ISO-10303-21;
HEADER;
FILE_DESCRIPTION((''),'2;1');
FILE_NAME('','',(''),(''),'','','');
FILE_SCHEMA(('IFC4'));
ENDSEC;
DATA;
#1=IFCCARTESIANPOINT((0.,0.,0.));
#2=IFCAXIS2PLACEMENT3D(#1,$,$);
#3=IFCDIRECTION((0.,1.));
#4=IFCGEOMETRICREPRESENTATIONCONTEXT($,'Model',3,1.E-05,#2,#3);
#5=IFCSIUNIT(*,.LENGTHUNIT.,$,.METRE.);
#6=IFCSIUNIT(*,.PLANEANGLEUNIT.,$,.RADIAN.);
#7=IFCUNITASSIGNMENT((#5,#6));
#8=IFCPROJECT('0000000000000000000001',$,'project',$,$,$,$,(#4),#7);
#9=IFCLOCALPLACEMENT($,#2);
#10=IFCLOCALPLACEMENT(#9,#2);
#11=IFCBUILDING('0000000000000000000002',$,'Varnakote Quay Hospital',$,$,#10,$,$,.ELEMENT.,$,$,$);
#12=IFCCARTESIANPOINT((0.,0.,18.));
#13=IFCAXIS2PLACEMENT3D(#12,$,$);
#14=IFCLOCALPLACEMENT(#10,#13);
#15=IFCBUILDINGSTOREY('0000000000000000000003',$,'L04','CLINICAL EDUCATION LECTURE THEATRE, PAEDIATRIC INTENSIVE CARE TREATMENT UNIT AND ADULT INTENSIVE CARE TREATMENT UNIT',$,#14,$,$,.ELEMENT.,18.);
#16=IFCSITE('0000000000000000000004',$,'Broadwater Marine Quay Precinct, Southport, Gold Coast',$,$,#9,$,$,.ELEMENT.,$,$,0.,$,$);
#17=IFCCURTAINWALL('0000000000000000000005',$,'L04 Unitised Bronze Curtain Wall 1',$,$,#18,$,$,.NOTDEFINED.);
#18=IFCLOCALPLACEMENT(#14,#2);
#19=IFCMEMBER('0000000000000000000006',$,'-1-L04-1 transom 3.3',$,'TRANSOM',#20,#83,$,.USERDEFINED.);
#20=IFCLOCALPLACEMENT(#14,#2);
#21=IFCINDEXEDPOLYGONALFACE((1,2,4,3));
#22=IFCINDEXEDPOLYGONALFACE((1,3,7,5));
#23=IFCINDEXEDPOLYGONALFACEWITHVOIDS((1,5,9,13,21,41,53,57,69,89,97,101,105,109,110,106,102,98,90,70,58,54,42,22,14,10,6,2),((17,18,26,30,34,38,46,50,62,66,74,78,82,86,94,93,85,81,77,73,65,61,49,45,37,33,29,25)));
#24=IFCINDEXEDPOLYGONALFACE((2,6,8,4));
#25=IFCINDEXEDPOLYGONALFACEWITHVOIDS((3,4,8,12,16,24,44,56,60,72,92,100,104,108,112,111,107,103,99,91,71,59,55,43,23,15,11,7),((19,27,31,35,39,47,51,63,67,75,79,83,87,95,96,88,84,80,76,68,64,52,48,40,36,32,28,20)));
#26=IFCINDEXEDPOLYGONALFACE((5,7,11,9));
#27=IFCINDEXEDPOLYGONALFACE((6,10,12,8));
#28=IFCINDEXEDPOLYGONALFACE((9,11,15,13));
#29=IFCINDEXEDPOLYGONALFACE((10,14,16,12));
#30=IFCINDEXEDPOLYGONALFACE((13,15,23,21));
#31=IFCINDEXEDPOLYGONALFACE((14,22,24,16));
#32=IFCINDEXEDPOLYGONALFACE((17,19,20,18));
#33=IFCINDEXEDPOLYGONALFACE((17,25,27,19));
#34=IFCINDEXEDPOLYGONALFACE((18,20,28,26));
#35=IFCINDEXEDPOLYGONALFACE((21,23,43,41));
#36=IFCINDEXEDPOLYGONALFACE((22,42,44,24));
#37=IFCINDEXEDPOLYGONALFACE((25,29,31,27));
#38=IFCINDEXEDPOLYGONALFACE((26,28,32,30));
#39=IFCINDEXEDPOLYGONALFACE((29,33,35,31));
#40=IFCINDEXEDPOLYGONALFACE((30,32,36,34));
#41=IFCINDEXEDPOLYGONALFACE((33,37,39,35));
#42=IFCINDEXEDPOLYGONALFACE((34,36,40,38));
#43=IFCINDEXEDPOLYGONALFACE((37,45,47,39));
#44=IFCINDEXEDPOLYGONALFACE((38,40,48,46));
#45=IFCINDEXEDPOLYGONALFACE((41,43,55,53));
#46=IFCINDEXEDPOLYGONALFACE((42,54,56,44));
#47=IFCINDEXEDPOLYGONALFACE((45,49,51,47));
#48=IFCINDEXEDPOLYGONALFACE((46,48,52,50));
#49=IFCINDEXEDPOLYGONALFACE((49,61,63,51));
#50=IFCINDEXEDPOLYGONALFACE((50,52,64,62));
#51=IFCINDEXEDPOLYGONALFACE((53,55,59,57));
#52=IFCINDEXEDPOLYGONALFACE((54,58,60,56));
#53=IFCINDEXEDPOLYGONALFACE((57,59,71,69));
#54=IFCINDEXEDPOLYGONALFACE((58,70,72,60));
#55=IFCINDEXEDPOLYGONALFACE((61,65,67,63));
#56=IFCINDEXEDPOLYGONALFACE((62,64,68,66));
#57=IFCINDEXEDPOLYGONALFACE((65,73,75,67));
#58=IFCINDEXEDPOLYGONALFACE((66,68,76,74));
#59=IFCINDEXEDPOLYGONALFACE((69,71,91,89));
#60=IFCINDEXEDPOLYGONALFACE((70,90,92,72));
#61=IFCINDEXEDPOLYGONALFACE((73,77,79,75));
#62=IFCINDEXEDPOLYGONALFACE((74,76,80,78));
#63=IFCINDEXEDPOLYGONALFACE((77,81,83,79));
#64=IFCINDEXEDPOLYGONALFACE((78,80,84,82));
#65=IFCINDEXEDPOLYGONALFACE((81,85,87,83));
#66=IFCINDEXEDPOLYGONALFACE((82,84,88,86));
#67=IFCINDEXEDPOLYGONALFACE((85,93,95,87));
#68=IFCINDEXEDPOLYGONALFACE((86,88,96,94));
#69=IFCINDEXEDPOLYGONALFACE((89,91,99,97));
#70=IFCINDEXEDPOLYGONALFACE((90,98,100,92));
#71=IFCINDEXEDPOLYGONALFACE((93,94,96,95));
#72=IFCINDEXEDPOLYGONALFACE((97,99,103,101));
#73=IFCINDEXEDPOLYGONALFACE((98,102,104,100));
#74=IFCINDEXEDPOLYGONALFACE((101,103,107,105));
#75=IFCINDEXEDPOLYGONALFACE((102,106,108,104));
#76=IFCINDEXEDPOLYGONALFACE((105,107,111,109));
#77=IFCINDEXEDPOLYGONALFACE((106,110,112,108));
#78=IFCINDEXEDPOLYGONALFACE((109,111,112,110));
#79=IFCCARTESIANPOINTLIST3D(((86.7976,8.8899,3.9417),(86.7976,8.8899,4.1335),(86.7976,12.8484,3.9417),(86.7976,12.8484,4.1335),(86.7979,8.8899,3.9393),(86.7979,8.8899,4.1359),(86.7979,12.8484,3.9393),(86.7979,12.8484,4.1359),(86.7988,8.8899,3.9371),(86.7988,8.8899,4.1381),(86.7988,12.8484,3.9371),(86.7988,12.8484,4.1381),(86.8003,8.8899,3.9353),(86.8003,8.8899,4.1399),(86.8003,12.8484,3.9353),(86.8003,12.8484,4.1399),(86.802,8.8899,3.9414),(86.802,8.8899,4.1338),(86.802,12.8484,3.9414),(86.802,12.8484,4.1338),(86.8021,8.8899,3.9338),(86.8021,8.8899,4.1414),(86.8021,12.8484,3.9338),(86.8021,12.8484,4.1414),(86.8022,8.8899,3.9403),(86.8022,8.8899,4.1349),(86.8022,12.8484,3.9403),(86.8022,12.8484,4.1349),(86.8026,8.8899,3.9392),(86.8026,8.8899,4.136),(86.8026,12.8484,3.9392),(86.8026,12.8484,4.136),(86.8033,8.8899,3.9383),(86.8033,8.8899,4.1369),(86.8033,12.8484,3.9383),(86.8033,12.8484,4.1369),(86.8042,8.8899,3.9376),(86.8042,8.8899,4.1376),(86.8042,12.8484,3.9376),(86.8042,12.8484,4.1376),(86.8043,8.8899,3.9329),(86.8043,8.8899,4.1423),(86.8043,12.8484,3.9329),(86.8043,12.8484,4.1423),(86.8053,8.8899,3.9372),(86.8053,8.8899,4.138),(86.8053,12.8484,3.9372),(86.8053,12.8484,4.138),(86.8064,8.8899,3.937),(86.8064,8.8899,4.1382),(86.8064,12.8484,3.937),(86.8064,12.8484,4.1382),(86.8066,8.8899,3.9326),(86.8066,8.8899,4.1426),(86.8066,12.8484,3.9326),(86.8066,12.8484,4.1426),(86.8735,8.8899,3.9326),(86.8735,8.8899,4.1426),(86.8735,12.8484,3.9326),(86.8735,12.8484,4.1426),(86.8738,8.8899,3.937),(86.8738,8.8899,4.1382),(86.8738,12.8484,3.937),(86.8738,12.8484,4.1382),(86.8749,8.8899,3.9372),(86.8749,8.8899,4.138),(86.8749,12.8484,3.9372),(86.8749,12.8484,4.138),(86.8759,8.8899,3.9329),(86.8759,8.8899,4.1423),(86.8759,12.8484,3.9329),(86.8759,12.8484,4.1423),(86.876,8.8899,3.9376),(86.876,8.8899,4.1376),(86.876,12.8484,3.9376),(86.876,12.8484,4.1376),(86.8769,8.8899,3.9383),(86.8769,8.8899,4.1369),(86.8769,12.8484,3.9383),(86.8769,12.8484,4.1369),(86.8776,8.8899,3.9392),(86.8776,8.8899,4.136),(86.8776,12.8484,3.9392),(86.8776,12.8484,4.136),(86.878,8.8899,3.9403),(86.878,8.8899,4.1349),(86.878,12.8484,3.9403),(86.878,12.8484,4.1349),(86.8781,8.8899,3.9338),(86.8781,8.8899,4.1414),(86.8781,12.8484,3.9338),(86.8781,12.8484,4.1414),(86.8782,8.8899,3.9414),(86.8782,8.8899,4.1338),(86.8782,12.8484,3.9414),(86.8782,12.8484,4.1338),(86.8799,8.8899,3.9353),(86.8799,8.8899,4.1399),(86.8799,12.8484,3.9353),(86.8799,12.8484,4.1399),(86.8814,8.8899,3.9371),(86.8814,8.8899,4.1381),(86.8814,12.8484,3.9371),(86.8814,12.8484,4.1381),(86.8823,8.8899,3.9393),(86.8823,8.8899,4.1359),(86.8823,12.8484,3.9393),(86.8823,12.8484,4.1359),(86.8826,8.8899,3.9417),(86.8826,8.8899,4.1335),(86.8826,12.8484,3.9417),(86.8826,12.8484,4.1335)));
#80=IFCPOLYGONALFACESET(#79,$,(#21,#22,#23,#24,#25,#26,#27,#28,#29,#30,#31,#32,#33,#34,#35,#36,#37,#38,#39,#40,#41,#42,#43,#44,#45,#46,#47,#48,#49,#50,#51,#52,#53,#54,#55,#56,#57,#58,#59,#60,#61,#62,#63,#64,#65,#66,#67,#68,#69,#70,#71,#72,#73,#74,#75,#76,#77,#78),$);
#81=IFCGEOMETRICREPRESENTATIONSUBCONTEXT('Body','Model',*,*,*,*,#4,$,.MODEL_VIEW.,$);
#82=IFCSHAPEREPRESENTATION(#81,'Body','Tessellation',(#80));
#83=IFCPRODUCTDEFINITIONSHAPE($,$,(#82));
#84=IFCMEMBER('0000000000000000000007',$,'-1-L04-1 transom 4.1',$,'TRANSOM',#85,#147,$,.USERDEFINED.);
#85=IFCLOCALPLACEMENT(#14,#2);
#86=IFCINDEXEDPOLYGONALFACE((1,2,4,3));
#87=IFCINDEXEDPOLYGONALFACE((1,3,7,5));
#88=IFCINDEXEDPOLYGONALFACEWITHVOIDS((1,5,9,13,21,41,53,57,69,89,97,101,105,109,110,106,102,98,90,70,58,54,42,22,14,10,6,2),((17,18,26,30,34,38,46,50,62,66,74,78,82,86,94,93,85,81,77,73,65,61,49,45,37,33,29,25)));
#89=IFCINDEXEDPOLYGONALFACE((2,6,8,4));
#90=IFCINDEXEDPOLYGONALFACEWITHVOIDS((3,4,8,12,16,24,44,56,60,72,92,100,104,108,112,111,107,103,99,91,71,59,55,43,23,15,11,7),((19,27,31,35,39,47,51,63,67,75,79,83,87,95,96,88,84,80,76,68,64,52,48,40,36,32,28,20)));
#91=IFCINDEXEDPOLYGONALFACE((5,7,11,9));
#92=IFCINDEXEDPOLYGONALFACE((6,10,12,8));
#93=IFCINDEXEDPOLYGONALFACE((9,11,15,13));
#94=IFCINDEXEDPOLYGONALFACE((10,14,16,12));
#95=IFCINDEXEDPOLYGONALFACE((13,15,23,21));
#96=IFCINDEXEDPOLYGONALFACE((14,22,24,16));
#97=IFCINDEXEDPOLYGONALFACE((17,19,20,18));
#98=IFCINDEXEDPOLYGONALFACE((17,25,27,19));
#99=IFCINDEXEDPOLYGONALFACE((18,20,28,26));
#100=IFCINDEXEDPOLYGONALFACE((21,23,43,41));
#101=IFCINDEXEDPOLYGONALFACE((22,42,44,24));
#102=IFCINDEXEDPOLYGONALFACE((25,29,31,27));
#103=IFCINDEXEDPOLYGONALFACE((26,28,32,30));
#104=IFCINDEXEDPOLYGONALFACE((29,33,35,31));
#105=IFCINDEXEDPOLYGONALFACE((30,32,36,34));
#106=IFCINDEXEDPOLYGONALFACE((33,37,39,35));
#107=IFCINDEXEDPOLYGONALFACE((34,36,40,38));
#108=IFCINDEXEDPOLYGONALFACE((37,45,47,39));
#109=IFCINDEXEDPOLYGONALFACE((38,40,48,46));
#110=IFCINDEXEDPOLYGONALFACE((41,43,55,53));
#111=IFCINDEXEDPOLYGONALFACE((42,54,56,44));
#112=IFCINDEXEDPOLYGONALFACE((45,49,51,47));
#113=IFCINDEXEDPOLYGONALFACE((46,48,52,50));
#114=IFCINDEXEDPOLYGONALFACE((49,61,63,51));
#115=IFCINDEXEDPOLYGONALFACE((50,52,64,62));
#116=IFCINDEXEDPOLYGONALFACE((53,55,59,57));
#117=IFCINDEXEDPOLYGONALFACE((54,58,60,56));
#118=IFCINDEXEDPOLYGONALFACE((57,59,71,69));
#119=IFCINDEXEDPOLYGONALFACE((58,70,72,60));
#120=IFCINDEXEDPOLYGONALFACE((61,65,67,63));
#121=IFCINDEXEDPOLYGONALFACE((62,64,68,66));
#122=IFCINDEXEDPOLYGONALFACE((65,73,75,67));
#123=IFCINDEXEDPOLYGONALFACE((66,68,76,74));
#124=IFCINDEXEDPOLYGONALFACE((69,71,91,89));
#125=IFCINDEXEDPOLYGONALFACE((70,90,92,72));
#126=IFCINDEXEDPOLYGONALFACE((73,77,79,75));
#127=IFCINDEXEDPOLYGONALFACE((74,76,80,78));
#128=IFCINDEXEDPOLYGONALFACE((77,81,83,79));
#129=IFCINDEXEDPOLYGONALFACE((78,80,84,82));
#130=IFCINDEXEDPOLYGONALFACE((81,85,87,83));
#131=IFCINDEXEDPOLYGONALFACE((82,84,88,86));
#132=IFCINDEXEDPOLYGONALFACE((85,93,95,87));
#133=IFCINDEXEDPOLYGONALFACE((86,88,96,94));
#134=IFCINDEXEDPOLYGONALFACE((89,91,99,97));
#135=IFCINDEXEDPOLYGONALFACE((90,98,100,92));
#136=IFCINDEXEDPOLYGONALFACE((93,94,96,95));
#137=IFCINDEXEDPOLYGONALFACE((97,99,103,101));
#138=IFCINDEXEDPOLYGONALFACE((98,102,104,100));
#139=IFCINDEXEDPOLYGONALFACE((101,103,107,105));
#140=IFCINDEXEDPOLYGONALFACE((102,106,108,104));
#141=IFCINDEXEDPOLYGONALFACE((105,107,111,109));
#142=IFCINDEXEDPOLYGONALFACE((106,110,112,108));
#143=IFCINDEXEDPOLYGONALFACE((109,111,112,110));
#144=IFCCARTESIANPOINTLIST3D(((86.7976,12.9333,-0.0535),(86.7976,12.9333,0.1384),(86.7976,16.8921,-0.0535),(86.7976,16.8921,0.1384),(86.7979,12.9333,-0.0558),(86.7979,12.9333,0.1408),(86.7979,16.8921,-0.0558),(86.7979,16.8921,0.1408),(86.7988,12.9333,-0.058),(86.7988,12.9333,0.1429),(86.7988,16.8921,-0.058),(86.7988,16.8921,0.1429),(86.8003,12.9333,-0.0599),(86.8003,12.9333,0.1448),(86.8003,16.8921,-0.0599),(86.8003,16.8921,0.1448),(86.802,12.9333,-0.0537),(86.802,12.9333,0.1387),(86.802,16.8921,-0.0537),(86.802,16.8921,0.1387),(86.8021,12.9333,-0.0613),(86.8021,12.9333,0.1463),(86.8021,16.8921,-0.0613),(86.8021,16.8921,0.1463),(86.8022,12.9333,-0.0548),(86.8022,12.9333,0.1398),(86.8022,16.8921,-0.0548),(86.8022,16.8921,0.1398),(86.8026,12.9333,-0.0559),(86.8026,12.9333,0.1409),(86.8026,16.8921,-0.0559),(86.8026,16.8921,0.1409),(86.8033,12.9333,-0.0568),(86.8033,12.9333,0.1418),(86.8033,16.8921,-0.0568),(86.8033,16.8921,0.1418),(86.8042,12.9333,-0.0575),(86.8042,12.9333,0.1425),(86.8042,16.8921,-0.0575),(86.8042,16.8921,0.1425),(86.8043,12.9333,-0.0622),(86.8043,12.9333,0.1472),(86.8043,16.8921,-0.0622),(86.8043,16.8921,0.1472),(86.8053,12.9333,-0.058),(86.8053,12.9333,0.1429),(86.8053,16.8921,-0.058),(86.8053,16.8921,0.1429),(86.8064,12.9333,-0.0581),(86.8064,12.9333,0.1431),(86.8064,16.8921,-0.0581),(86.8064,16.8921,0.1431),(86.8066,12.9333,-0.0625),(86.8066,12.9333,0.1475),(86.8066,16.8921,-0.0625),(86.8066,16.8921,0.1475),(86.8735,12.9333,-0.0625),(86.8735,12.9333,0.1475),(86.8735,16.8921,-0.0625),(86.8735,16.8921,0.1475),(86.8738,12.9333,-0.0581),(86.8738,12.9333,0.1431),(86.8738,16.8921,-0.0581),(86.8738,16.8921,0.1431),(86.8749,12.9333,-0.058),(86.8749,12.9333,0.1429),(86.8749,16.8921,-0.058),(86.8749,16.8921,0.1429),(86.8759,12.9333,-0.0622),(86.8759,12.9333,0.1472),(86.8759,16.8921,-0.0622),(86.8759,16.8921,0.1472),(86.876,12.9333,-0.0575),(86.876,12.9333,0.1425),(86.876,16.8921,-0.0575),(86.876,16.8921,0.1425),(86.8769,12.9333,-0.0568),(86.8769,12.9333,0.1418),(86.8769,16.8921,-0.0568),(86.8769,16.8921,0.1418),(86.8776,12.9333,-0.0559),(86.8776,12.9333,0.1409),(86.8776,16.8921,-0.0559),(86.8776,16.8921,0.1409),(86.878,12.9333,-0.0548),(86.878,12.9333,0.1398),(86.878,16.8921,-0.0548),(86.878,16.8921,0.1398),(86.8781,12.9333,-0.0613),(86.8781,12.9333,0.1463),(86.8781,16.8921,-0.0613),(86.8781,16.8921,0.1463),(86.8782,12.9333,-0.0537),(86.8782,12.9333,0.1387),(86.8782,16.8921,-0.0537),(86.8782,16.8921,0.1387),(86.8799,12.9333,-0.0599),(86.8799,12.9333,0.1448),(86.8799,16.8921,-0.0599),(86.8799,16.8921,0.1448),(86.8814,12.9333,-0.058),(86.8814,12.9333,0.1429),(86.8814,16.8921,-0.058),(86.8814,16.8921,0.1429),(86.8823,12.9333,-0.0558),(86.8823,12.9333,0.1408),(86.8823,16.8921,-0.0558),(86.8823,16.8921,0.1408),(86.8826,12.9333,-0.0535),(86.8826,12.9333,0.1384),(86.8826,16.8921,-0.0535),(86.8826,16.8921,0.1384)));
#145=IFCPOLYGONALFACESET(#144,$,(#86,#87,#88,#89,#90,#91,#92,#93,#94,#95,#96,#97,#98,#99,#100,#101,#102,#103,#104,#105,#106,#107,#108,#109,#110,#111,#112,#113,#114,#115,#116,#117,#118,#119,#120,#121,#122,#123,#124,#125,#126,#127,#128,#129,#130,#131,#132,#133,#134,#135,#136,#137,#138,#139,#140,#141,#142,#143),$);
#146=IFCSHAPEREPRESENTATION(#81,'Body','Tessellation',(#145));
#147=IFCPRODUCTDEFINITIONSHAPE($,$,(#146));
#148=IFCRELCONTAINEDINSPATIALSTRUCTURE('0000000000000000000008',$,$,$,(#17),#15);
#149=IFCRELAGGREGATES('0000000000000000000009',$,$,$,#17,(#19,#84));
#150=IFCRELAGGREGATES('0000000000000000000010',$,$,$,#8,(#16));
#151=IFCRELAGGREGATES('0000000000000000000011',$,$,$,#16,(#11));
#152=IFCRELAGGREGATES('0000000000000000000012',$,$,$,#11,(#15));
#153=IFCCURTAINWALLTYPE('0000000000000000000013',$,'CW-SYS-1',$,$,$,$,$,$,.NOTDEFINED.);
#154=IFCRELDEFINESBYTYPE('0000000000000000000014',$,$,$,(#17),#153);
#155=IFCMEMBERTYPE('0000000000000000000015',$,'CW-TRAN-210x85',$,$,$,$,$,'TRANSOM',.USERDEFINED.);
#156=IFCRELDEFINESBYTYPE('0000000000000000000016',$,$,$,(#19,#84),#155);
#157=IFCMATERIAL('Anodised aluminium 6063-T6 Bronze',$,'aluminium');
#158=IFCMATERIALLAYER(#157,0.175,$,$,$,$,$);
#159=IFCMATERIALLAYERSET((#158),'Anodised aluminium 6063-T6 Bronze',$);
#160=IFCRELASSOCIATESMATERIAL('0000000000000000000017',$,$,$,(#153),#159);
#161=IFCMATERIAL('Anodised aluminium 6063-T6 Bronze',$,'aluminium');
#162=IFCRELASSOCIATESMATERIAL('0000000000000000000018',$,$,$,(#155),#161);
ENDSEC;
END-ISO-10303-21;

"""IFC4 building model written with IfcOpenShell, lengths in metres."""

from ifc_helpers import new_model, si_unit, direction, frame, origin, origin_2d, place, context, subcontext, project, spatial, hollow_rectangle, extrude, material, layer, layer_set, material_profile, profile_set, type_object, element, aggregate, save


model = new_model("IFC4")

# Units and contexts
model_context = context("Model", 3, precision=1e-05, world=origin(), true_north=direction((0.0, 1.0)))
body_context = subcontext(model_context, "Body", "Model", "MODEL_VIEW")
ifc_project = project(units=[si_unit("LENGTHUNIT", "METRE"), si_unit("PLANEANGLEUNIT", "RADIAN")], contexts=[model_context])

# Site, building, storey
site_placement = place(None, origin())
site = spatial("IfcSite", under=ifc_project, at=site_placement, Name="Broadwater Marine Quay Precinct, Southport, Gold Coast", CompositionType="ELEMENT", RefElevation=0.0)
building_placement = place(site_placement, origin())
building = spatial("IfcBuilding", under=site, at=building_placement, Name="Varnakote Quay Hospital", CompositionType="ELEMENT")
storey_placement = place(building_placement, frame((0.0, 0.0, 18.0)))
storey = spatial("IfcBuildingStorey", under=building, at=storey_placement, Name="L04", Description="CLINICAL EDUCATION LECTURE THEATRE, PAEDIATRIC INTENSIVE CARE TREATMENT UNIT AND ADULT INTENSIVE CARE TREATMENT UNIT", CompositionType="ELEMENT", Elevation=18.0)

# Curtain wall, members
ifc_material_1 = material(Name="Anodised aluminium 6063-T6 Bronze", Category="aluminium")
ifc_layer_1 = layer(ifc_material_1, 0.175)
ifc_layer_set_1 = layer_set([ifc_layer_1], Name="Anodised aluminium 6063-T6 Bronze")
curtain_wall_type = type_object("IfcCurtainWallType", Name="CW-SYS-1", PredefinedType="NOTDEFINED", material=ifc_layer_set_1)
curtain_wall_placement = place(storey_placement, origin())
curtain_wall = element("IfcCurtainWall", 1, at=curtain_wall_placement, inside=storey, type_object=curtain_wall_type, Name="L04 Unitised Bronze Curtain Wall 1", PredefinedType="NOTDEFINED")
ifc_material_2 = material(Name="Anodised aluminium 6063-T6 Bronze", Category="aluminium")
ifc_material_profile_1 = material_profile(ifc_material_2, hollow_rectangle(XDim=0.085, YDim=0.21, WallThickness=0.0044, InnerFilletRadius=0.0044, OuterFilletRadius=0.009, at=origin_2d()), Name="CW-TRAN-210x85")
ifc_profile_set_1 = profile_set([ifc_material_profile_1], Name="Anodised aluminium 6063-T6 Bronze")
member_type_1 = type_object("IfcMemberType", Name="CW-TRAN-210x85", ElementType="TRANSOM", PredefinedType="USERDEFINED", material=ifc_profile_set_1)
member_1_placement = place(storey_placement, frame((86.8401, 8.8899, 4.0376), z_axis=(0.0, 1.0, 0.0), x_axis=(-1.0, 0.0, 0.0)))
member_1 = element("IfcMember", 2, at=member_1_placement, type_object=member_type_1, Name="-1-L04-1 transom 3.3", ObjectType="TRANSOM", PredefinedType="USERDEFINED", context=body_context, shape_type="SweptSolid", body=[
    extrude(hollow_rectangle(XDim=0.085, YDim=0.21, WallThickness=0.0044, InnerFilletRadius=0.0044, OuterFilletRadius=0.009, at=origin_2d()), origin(), (0.0, 0.0, 1.0), 3.9585),
])
member_2_placement = place(storey_placement, frame((86.8401, 12.9333, 0.0425), z_axis=(0.0, 1.0, 0.0), x_axis=(-1.0, 0.0, 0.0)))
member_2 = element("IfcMember", 3, at=member_2_placement, type_object=member_type_1, Name="-1-L04-1 transom 4.1", ObjectType="TRANSOM", PredefinedType="USERDEFINED", context=body_context, shape_type="SweptSolid", body=[
    extrude(hollow_rectangle(XDim=0.085, YDim=0.21, WallThickness=0.0044, InnerFilletRadius=0.0044, OuterFilletRadius=0.009, at=origin_2d()), origin(), (0.0, 0.0, 1.0), 3.9587),
])
aggregate(curtain_wall, [member_1, member_2])

save(model, "model.ifc")
